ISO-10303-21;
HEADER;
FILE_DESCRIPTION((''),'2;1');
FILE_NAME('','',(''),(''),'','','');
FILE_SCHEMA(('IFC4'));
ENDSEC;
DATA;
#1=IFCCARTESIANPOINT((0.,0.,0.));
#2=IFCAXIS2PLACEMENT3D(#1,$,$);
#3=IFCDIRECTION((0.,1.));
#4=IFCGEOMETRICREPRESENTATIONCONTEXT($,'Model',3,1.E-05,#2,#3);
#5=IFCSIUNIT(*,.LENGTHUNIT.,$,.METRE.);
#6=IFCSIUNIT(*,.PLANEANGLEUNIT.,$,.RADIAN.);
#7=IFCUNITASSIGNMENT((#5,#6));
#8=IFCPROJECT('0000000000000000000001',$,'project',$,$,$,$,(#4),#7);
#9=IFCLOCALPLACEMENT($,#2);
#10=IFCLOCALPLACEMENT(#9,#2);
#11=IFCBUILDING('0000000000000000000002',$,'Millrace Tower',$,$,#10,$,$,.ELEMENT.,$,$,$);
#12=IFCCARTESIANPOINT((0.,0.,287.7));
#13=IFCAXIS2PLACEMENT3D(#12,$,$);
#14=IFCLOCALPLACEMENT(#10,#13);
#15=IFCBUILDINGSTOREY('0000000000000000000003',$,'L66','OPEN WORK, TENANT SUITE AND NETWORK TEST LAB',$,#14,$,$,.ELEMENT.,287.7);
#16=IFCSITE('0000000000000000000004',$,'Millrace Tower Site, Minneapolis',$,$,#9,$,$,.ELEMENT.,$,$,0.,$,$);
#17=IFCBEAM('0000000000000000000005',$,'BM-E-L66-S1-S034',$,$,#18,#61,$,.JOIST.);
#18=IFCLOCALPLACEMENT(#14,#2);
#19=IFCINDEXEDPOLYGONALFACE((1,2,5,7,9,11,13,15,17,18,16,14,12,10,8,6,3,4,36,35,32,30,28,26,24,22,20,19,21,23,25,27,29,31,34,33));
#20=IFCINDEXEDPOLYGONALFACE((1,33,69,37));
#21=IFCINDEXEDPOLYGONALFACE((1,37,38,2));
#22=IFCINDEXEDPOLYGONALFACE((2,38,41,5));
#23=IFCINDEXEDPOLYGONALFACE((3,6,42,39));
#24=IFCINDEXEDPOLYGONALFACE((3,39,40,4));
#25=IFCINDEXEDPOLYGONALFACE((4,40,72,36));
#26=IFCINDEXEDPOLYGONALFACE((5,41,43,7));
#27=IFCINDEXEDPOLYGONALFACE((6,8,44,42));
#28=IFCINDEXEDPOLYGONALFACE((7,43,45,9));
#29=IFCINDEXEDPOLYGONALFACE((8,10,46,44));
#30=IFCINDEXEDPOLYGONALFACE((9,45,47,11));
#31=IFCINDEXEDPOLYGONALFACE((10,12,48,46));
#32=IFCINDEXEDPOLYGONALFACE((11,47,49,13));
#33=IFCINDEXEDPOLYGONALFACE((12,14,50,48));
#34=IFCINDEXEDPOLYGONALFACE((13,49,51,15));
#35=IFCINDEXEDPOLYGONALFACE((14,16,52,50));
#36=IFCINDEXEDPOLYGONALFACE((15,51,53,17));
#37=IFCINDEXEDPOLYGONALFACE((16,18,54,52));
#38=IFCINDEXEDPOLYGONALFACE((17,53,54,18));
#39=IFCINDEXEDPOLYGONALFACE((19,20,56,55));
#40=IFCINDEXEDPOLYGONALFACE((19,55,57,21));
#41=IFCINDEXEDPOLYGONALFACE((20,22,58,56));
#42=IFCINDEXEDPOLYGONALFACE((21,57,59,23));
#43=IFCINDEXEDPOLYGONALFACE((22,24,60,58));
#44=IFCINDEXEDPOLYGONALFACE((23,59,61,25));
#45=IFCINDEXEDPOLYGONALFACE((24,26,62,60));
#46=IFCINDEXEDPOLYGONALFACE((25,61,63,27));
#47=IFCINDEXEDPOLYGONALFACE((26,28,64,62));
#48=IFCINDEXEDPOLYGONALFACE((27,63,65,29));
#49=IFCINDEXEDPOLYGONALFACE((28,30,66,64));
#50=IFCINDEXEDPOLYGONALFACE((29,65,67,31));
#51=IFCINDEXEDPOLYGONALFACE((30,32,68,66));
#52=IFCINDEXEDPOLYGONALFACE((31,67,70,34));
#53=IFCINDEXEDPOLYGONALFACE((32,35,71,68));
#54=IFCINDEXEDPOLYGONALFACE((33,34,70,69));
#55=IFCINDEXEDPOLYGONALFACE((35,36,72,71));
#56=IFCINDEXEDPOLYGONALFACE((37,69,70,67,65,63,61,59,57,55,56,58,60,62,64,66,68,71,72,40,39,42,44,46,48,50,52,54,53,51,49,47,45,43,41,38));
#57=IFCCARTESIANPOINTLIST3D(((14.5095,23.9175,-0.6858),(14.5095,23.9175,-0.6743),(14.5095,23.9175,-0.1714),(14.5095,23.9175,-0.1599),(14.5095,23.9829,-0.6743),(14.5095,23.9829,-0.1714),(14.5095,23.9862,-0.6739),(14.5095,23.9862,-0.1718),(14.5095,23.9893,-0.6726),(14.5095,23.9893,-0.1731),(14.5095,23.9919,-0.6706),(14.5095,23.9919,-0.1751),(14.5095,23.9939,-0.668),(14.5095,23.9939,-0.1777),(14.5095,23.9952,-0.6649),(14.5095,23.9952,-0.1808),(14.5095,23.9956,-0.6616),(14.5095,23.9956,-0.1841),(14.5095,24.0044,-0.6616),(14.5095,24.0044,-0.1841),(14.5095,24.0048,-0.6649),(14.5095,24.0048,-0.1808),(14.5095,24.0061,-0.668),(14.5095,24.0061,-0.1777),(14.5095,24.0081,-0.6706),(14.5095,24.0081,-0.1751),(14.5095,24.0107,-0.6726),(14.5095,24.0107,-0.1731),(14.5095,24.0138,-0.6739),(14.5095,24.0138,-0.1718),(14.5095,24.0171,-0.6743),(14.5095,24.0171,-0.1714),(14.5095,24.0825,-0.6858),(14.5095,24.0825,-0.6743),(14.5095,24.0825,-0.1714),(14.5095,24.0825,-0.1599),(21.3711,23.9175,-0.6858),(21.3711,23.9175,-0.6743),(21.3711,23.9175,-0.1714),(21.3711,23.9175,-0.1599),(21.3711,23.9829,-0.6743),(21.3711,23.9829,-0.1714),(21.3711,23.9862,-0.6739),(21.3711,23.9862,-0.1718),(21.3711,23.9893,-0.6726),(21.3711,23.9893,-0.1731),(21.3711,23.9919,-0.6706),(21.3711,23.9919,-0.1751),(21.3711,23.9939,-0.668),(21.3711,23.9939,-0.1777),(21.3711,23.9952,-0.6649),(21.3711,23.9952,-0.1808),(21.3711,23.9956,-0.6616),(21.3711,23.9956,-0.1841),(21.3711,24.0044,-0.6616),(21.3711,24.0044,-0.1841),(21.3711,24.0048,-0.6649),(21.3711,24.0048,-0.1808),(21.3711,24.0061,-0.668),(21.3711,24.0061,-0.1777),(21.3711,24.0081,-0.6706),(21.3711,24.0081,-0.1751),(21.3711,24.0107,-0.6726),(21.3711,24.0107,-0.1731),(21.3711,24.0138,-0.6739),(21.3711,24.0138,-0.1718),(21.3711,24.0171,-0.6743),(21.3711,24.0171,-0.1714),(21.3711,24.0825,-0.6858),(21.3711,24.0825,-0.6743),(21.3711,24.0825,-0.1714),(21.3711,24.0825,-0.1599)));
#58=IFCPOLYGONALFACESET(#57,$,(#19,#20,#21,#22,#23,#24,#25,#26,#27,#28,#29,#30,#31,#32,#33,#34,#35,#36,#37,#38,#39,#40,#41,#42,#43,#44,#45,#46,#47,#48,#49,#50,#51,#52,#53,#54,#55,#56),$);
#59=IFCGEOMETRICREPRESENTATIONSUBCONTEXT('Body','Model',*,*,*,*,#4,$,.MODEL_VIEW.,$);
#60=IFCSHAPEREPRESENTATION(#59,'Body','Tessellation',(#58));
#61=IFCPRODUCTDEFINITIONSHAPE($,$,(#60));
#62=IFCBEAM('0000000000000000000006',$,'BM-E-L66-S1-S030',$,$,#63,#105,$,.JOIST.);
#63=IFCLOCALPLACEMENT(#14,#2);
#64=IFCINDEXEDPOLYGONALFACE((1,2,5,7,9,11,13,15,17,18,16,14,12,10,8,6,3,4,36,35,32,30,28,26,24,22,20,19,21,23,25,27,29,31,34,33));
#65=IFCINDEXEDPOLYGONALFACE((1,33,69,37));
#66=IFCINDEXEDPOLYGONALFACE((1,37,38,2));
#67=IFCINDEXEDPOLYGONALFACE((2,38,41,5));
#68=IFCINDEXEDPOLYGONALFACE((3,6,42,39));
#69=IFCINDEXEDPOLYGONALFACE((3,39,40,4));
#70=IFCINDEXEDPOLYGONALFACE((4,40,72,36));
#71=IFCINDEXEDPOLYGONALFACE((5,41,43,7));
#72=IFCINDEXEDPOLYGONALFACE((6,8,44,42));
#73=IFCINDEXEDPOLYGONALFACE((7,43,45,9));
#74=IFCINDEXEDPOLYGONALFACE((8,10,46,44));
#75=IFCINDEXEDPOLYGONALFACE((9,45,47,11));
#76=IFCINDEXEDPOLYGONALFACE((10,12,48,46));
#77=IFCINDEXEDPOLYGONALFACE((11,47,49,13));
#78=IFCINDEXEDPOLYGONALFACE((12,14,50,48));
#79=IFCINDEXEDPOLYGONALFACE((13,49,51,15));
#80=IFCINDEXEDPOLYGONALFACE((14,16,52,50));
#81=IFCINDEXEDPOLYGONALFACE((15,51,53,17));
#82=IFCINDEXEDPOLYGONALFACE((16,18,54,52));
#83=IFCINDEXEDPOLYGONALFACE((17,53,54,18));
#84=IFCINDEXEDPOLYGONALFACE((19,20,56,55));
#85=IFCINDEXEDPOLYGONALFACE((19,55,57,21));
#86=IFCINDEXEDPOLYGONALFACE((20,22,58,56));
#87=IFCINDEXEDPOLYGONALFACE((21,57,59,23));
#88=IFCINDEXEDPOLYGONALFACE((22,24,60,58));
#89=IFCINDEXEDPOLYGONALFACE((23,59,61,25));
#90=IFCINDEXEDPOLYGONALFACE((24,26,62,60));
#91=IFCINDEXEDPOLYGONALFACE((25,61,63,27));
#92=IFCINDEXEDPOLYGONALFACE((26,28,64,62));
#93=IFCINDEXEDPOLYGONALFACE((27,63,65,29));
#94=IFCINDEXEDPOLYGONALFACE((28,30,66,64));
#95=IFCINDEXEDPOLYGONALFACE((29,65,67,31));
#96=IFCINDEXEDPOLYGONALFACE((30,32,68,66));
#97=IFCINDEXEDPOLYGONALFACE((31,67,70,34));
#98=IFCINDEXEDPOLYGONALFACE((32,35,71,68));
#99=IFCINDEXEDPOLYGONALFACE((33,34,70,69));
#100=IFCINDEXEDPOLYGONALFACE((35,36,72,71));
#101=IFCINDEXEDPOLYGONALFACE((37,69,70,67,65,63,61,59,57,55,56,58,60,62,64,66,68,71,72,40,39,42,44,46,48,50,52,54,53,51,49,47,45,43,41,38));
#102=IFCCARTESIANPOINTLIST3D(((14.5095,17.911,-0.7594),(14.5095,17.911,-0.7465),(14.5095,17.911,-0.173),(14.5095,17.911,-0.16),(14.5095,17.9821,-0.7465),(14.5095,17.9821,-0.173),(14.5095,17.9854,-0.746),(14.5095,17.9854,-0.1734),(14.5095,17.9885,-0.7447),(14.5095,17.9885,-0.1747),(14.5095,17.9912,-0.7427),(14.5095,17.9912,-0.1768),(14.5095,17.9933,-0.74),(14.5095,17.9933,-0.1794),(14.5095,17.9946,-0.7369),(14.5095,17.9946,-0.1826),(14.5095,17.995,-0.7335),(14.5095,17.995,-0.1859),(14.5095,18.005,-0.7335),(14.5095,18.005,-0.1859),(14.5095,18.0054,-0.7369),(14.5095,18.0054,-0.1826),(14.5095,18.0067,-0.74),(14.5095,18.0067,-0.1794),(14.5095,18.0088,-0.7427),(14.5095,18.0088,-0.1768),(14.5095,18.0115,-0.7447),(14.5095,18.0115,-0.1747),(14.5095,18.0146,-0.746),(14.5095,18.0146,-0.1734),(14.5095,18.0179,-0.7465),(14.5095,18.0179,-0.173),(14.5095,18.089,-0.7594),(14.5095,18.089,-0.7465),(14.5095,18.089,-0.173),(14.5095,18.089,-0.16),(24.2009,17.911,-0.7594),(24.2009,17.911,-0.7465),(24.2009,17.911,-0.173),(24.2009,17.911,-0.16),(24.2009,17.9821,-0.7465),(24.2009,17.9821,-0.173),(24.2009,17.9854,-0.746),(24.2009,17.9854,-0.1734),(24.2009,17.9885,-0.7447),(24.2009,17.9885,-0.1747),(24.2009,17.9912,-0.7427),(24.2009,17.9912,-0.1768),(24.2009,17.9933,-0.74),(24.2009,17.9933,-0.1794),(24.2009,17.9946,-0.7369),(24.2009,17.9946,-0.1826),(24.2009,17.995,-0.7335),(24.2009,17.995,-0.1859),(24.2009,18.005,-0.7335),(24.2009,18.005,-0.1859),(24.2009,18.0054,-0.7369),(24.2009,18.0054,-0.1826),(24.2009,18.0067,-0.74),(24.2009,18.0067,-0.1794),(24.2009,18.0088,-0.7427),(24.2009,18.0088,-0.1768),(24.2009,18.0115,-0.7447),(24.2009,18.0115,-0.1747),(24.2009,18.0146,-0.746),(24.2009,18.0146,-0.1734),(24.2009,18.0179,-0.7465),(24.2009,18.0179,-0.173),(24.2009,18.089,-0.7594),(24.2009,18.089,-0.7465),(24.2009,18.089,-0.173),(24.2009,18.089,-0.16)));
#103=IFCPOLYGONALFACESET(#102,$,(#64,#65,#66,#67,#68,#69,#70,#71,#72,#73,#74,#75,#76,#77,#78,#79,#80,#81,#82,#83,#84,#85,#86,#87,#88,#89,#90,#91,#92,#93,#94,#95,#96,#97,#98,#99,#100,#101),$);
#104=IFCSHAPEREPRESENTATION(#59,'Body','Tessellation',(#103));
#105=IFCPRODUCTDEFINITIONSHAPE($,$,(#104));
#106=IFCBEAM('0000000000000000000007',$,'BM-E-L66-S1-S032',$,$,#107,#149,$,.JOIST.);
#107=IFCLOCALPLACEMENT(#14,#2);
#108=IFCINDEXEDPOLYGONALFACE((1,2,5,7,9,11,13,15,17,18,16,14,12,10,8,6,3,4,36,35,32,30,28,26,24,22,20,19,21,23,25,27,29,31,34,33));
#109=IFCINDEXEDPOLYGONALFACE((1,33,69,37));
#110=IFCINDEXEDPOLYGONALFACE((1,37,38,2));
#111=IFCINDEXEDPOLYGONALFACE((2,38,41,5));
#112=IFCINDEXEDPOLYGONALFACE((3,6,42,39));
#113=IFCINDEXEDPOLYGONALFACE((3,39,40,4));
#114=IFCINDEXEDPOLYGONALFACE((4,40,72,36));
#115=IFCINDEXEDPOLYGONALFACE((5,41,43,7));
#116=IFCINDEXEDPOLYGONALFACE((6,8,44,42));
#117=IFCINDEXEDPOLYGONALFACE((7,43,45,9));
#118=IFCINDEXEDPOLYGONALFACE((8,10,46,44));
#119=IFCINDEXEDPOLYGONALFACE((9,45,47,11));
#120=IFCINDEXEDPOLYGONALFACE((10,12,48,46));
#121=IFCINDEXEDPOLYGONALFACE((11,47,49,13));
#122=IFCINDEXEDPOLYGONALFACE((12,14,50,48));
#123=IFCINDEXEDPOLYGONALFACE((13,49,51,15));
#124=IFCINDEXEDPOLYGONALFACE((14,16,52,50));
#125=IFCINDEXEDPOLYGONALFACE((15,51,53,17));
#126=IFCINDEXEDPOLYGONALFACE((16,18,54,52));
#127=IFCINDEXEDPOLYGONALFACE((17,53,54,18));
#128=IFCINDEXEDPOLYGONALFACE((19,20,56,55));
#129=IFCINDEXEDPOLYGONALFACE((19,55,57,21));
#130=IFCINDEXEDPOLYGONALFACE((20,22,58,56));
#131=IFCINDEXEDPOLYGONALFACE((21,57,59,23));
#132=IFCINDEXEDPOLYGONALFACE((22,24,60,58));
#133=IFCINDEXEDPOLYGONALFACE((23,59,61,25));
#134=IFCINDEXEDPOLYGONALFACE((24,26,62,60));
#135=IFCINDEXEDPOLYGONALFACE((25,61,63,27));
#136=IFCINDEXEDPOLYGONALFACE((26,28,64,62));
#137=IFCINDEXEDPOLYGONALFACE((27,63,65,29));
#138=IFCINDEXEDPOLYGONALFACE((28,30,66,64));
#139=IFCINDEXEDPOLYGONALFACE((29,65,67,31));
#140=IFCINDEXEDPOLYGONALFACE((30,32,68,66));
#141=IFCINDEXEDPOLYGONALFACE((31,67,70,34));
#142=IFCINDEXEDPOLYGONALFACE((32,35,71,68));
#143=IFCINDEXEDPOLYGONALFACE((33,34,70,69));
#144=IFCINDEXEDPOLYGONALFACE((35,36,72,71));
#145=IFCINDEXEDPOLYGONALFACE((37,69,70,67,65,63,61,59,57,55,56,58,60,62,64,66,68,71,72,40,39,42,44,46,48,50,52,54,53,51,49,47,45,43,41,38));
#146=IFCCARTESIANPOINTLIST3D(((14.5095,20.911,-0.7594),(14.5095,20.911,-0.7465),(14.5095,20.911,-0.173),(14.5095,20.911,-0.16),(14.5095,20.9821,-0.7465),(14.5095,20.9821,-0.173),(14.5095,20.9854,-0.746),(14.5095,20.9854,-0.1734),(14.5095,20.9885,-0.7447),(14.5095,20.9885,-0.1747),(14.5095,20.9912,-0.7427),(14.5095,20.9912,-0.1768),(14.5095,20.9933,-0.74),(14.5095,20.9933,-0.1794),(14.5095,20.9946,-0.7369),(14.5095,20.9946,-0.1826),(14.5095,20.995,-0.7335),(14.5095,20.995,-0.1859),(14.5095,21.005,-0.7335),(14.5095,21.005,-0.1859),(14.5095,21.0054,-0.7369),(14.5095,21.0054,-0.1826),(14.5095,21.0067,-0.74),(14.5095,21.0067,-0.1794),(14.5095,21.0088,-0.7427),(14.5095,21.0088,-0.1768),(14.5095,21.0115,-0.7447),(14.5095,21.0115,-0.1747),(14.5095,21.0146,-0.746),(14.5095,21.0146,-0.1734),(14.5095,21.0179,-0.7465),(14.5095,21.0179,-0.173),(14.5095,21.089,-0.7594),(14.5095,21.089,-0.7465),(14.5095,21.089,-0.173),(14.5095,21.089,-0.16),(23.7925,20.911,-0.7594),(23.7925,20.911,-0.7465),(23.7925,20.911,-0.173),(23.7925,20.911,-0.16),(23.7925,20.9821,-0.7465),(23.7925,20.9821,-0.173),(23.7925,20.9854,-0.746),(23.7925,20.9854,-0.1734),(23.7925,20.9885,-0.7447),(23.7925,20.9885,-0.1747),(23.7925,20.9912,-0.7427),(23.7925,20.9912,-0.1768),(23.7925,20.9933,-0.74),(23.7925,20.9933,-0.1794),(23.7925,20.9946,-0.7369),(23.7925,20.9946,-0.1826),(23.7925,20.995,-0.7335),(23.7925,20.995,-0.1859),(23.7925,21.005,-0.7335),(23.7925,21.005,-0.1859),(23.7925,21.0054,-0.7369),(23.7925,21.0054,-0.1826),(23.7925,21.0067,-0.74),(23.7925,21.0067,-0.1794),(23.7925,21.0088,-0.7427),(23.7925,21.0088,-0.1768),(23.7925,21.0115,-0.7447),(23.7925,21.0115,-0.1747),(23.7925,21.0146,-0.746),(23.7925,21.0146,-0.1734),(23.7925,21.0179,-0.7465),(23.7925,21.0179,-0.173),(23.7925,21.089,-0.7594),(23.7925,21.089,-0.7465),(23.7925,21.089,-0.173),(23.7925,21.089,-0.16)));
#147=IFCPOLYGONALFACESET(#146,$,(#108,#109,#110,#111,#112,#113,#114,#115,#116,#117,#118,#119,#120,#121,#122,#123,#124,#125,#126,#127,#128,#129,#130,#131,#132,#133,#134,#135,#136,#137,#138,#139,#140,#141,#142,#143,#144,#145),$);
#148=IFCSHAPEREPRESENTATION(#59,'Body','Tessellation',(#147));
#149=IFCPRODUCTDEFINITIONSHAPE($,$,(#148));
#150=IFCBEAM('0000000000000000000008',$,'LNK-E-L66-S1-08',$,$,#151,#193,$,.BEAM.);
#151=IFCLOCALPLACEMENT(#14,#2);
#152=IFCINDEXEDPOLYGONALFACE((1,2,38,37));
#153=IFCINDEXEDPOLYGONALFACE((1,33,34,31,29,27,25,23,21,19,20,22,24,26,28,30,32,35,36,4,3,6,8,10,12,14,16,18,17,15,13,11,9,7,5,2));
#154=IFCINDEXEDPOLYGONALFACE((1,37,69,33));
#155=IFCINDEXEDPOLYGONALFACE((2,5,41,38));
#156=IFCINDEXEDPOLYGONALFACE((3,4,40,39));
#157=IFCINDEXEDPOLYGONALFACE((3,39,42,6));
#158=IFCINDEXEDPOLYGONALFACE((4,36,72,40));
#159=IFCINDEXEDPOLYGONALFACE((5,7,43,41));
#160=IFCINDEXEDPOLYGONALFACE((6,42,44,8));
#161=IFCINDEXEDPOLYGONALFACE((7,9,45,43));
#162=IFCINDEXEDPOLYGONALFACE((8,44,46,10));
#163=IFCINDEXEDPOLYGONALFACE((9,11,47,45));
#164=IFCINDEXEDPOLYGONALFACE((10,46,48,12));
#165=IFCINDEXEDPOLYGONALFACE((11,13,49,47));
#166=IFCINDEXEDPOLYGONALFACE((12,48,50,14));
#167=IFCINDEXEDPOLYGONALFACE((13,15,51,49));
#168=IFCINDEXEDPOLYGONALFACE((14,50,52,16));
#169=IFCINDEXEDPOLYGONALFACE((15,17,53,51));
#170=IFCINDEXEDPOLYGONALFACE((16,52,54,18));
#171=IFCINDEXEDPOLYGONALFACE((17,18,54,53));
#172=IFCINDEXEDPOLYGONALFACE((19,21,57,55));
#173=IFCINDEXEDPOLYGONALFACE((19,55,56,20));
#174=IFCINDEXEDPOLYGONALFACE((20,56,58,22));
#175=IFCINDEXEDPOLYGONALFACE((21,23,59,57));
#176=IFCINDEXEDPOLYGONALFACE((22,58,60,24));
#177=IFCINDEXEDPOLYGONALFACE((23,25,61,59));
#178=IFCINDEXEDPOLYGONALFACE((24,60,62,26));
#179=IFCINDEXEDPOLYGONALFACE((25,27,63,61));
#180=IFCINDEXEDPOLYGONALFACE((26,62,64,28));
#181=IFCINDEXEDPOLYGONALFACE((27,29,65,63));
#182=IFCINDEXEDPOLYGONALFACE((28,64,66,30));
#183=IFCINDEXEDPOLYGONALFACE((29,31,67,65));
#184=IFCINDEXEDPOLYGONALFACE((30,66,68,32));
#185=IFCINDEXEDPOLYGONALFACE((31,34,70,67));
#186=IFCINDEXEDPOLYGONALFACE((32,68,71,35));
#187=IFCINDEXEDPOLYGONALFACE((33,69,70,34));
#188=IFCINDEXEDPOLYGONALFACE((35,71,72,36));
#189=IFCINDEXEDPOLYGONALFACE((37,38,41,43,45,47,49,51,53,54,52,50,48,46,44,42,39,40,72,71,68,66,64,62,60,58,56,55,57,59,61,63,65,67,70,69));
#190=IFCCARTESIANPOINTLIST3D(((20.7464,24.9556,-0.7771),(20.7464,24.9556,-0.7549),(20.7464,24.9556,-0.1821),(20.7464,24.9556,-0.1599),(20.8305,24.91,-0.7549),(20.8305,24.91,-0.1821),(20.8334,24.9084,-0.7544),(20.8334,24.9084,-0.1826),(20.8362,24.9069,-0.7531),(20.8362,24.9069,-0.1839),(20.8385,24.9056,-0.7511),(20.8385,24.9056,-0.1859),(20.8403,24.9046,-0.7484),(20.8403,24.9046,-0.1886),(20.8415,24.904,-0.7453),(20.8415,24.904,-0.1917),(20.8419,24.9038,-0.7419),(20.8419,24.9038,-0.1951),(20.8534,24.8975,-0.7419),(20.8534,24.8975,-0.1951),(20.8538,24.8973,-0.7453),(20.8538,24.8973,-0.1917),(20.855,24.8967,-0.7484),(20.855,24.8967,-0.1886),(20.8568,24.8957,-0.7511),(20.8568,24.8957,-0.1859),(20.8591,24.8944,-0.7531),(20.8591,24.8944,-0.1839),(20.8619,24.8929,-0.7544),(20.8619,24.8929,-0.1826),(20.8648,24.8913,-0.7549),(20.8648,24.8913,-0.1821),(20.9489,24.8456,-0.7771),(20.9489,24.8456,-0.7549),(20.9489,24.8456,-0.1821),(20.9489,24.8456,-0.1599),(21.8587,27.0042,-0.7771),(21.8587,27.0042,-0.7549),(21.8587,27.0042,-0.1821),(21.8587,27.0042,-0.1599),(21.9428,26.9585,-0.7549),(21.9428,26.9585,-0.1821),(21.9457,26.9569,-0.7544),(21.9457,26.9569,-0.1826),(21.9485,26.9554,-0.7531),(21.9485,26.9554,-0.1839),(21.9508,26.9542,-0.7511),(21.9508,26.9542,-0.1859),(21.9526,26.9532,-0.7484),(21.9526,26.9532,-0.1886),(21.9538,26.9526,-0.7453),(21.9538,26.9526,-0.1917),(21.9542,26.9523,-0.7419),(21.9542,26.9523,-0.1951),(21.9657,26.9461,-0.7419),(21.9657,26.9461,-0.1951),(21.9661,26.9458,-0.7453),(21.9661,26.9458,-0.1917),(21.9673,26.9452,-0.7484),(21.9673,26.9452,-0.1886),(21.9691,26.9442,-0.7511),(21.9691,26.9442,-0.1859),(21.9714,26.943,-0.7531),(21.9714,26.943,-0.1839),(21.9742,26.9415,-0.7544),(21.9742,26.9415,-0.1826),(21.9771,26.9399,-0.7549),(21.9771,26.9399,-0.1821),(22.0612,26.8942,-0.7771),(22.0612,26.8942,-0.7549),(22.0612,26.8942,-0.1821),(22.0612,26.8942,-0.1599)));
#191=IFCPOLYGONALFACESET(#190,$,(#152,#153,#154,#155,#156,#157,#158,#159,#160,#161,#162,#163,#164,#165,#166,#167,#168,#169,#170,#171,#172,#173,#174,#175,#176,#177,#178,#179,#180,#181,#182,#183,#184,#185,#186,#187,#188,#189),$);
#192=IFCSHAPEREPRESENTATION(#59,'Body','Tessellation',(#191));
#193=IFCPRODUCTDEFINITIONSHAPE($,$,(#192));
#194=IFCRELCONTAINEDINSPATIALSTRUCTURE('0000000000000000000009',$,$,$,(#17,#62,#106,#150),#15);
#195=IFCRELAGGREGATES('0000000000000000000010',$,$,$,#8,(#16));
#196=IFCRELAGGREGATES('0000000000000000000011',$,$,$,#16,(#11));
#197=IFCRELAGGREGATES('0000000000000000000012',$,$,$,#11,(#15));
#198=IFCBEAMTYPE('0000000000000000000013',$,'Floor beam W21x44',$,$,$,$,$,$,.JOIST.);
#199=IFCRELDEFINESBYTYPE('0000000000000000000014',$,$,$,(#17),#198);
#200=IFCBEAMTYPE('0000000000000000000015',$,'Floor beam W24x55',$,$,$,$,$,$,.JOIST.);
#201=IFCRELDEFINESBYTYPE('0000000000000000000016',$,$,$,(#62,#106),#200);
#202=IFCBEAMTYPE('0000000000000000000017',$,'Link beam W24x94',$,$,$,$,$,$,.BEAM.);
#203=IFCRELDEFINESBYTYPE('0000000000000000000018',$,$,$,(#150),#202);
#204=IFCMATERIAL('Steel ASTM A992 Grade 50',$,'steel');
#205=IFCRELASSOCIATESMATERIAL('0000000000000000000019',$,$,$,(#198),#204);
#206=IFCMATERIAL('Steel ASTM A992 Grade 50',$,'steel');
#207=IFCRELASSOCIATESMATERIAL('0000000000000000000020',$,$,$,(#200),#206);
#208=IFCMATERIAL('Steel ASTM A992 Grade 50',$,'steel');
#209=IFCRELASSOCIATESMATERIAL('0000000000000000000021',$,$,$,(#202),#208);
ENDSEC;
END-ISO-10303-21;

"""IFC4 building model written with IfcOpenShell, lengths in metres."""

from ifc_helpers import new_model, si_unit, direction, frame, origin, origin_2d, place, context, subcontext, project, spatial, i_section, extrude, material, material_profile, profile_set, type_object, element, save


model = new_model("IFC4")

# Units and contexts
model_context = context("Model", 3, precision=1e-05, world=origin(), true_north=direction((0.0, 1.0)))
body_context = subcontext(model_context, "Body", "Model", "MODEL_VIEW")
ifc_project = project(units=[si_unit("LENGTHUNIT", "METRE"), si_unit("PLANEANGLEUNIT", "RADIAN")], contexts=[model_context])

# Site, building, storey
site_placement = place(None, origin())
site = spatial("IfcSite", under=ifc_project, at=site_placement, Name="Millrace Tower Site, Minneapolis", CompositionType="ELEMENT", RefElevation=0.0)
building_placement = place(site_placement, origin())
building = spatial("IfcBuilding", under=site, at=building_placement, Name="Millrace Tower", CompositionType="ELEMENT")
storey_placement = place(building_placement, frame((0.0, 0.0, 287.7)))
storey = spatial("IfcBuildingStorey", under=building, at=storey_placement, Name="L66", Description="OPEN WORK, TENANT SUITE AND NETWORK TEST LAB", CompositionType="ELEMENT", Elevation=287.7)

# Beams
ifc_material_1 = material(Name="Steel ASTM A992 Grade 50", Category="steel")
ifc_material_profile_1 = material_profile(ifc_material_1, i_section(OverallWidth=0.165, OverallDepth=0.5259, WebThickness=0.0088, FlangeThickness=0.0115, FilletRadius=0.0127, at=origin_2d()))
ifc_profile_set_1 = profile_set([ifc_material_profile_1], Name="Steel ASTM A992 Grade 50")
beam_type_1 = type_object("IfcBeamType", Name="Floor beam W21x44", PredefinedType="JOIST", material=ifc_profile_set_1)
beam_1_placement = place(storey_placement, frame((14.5095, 24.0, -0.4229), z_axis=(1.0, 0.0, 0.0), x_axis=(0.0, 1.0, 0.0)))
element("IfcBeam", 1, at=beam_1_placement, inside=storey, type_object=beam_type_1, Name="BM-E-L66-S1-S034", PredefinedType="JOIST", context=body_context, shape_type="SweptSolid", body=[
    extrude(i_section(OverallWidth=0.165, OverallDepth=0.5259, WebThickness=0.0088, FlangeThickness=0.0115, FilletRadius=0.0127, at=origin_2d()), origin(), (0.0, 0.0, 1.0), 6.8616),
])
ifc_material_2 = material(Name="Steel ASTM A992 Grade 50", Category="steel")
ifc_material_profile_2 = material_profile(ifc_material_2, i_section(OverallWidth=0.178, OverallDepth=0.5994, WebThickness=0.01, FlangeThickness=0.0129, FilletRadius=0.0129, at=origin_2d()))
ifc_profile_set_2 = profile_set([ifc_material_profile_2], Name="Steel ASTM A992 Grade 50")
beam_type_2 = type_object("IfcBeamType", Name="Floor beam W24x55", PredefinedType="JOIST", material=ifc_profile_set_2)
beam_2_placement = place(storey_placement, frame((14.5095, 18.0, -0.4597), z_axis=(1.0, 0.0, 0.0), x_axis=(0.0, 1.0, 0.0)))
element("IfcBeam", 2, at=beam_2_placement, inside=storey, type_object=beam_type_2, Name="BM-E-L66-S1-S030", PredefinedType="JOIST", context=body_context, shape_type="SweptSolid", body=[
    extrude(i_section(OverallWidth=0.178, OverallDepth=0.5994, WebThickness=0.01, FlangeThickness=0.0129, FilletRadius=0.0129, at=origin_2d()), origin(), (0.0, 0.0, 1.0), 9.6914),
])
beam_3_placement = place(storey_placement, frame((14.5095, 21.0, -0.4597), z_axis=(1.0, 0.0, 0.0), x_axis=(0.0, 1.0, 0.0)))
element("IfcBeam", 3, at=beam_3_placement, inside=storey, type_object=beam_type_2, Name="BM-E-L66-S1-S032", PredefinedType="JOIST", context=body_context, shape_type="SweptSolid", body=[
    extrude(i_section(OverallWidth=0.178, OverallDepth=0.5994, WebThickness=0.01, FlangeThickness=0.0129, FilletRadius=0.0129, at=origin_2d()), origin(), (0.0, 0.0, 1.0), 9.283),
])
ifc_material_3 = material(Name="Steel ASTM A992 Grade 50", Category="steel")
ifc_material_profile_3 = material_profile(ifc_material_3, i_section(OverallWidth=0.2305, OverallDepth=0.6172, WebThickness=0.0132, FlangeThickness=0.0222, FilletRadius=0.0129, at=origin_2d()))
ifc_profile_set_3 = profile_set([ifc_material_profile_3], Name="Steel ASTM A992 Grade 50")
beam_type_3 = type_object("IfcBeamType", Name="Link beam W24x94", PredefinedType="BEAM", material=ifc_profile_set_3)
for number, where, z_axis, x_axis, name in (
    (4, (20.8477, 24.9006, -0.4685), (0.477164, 0.878815, 0.0), (-0.878815, 0.477164, 0.0), "LNK-E-L66-S1-08"),
):
    element("IfcBeam", number, at=place(storey_placement, frame(where, z_axis=z_axis, x_axis=x_axis)), inside=storey, type_object=beam_type_3, Name=name, PredefinedType="BEAM", context=body_context, shape_type="SweptSolid", body=[
        extrude(i_section(OverallWidth=0.2305, OverallDepth=0.6172, WebThickness=0.0132, FlangeThickness=0.0222, FilletRadius=0.0129, at=origin_2d()), origin(), (0.0, 0.0, 1.0), 2.3311),
    ])

save(model, "model.ifc")
